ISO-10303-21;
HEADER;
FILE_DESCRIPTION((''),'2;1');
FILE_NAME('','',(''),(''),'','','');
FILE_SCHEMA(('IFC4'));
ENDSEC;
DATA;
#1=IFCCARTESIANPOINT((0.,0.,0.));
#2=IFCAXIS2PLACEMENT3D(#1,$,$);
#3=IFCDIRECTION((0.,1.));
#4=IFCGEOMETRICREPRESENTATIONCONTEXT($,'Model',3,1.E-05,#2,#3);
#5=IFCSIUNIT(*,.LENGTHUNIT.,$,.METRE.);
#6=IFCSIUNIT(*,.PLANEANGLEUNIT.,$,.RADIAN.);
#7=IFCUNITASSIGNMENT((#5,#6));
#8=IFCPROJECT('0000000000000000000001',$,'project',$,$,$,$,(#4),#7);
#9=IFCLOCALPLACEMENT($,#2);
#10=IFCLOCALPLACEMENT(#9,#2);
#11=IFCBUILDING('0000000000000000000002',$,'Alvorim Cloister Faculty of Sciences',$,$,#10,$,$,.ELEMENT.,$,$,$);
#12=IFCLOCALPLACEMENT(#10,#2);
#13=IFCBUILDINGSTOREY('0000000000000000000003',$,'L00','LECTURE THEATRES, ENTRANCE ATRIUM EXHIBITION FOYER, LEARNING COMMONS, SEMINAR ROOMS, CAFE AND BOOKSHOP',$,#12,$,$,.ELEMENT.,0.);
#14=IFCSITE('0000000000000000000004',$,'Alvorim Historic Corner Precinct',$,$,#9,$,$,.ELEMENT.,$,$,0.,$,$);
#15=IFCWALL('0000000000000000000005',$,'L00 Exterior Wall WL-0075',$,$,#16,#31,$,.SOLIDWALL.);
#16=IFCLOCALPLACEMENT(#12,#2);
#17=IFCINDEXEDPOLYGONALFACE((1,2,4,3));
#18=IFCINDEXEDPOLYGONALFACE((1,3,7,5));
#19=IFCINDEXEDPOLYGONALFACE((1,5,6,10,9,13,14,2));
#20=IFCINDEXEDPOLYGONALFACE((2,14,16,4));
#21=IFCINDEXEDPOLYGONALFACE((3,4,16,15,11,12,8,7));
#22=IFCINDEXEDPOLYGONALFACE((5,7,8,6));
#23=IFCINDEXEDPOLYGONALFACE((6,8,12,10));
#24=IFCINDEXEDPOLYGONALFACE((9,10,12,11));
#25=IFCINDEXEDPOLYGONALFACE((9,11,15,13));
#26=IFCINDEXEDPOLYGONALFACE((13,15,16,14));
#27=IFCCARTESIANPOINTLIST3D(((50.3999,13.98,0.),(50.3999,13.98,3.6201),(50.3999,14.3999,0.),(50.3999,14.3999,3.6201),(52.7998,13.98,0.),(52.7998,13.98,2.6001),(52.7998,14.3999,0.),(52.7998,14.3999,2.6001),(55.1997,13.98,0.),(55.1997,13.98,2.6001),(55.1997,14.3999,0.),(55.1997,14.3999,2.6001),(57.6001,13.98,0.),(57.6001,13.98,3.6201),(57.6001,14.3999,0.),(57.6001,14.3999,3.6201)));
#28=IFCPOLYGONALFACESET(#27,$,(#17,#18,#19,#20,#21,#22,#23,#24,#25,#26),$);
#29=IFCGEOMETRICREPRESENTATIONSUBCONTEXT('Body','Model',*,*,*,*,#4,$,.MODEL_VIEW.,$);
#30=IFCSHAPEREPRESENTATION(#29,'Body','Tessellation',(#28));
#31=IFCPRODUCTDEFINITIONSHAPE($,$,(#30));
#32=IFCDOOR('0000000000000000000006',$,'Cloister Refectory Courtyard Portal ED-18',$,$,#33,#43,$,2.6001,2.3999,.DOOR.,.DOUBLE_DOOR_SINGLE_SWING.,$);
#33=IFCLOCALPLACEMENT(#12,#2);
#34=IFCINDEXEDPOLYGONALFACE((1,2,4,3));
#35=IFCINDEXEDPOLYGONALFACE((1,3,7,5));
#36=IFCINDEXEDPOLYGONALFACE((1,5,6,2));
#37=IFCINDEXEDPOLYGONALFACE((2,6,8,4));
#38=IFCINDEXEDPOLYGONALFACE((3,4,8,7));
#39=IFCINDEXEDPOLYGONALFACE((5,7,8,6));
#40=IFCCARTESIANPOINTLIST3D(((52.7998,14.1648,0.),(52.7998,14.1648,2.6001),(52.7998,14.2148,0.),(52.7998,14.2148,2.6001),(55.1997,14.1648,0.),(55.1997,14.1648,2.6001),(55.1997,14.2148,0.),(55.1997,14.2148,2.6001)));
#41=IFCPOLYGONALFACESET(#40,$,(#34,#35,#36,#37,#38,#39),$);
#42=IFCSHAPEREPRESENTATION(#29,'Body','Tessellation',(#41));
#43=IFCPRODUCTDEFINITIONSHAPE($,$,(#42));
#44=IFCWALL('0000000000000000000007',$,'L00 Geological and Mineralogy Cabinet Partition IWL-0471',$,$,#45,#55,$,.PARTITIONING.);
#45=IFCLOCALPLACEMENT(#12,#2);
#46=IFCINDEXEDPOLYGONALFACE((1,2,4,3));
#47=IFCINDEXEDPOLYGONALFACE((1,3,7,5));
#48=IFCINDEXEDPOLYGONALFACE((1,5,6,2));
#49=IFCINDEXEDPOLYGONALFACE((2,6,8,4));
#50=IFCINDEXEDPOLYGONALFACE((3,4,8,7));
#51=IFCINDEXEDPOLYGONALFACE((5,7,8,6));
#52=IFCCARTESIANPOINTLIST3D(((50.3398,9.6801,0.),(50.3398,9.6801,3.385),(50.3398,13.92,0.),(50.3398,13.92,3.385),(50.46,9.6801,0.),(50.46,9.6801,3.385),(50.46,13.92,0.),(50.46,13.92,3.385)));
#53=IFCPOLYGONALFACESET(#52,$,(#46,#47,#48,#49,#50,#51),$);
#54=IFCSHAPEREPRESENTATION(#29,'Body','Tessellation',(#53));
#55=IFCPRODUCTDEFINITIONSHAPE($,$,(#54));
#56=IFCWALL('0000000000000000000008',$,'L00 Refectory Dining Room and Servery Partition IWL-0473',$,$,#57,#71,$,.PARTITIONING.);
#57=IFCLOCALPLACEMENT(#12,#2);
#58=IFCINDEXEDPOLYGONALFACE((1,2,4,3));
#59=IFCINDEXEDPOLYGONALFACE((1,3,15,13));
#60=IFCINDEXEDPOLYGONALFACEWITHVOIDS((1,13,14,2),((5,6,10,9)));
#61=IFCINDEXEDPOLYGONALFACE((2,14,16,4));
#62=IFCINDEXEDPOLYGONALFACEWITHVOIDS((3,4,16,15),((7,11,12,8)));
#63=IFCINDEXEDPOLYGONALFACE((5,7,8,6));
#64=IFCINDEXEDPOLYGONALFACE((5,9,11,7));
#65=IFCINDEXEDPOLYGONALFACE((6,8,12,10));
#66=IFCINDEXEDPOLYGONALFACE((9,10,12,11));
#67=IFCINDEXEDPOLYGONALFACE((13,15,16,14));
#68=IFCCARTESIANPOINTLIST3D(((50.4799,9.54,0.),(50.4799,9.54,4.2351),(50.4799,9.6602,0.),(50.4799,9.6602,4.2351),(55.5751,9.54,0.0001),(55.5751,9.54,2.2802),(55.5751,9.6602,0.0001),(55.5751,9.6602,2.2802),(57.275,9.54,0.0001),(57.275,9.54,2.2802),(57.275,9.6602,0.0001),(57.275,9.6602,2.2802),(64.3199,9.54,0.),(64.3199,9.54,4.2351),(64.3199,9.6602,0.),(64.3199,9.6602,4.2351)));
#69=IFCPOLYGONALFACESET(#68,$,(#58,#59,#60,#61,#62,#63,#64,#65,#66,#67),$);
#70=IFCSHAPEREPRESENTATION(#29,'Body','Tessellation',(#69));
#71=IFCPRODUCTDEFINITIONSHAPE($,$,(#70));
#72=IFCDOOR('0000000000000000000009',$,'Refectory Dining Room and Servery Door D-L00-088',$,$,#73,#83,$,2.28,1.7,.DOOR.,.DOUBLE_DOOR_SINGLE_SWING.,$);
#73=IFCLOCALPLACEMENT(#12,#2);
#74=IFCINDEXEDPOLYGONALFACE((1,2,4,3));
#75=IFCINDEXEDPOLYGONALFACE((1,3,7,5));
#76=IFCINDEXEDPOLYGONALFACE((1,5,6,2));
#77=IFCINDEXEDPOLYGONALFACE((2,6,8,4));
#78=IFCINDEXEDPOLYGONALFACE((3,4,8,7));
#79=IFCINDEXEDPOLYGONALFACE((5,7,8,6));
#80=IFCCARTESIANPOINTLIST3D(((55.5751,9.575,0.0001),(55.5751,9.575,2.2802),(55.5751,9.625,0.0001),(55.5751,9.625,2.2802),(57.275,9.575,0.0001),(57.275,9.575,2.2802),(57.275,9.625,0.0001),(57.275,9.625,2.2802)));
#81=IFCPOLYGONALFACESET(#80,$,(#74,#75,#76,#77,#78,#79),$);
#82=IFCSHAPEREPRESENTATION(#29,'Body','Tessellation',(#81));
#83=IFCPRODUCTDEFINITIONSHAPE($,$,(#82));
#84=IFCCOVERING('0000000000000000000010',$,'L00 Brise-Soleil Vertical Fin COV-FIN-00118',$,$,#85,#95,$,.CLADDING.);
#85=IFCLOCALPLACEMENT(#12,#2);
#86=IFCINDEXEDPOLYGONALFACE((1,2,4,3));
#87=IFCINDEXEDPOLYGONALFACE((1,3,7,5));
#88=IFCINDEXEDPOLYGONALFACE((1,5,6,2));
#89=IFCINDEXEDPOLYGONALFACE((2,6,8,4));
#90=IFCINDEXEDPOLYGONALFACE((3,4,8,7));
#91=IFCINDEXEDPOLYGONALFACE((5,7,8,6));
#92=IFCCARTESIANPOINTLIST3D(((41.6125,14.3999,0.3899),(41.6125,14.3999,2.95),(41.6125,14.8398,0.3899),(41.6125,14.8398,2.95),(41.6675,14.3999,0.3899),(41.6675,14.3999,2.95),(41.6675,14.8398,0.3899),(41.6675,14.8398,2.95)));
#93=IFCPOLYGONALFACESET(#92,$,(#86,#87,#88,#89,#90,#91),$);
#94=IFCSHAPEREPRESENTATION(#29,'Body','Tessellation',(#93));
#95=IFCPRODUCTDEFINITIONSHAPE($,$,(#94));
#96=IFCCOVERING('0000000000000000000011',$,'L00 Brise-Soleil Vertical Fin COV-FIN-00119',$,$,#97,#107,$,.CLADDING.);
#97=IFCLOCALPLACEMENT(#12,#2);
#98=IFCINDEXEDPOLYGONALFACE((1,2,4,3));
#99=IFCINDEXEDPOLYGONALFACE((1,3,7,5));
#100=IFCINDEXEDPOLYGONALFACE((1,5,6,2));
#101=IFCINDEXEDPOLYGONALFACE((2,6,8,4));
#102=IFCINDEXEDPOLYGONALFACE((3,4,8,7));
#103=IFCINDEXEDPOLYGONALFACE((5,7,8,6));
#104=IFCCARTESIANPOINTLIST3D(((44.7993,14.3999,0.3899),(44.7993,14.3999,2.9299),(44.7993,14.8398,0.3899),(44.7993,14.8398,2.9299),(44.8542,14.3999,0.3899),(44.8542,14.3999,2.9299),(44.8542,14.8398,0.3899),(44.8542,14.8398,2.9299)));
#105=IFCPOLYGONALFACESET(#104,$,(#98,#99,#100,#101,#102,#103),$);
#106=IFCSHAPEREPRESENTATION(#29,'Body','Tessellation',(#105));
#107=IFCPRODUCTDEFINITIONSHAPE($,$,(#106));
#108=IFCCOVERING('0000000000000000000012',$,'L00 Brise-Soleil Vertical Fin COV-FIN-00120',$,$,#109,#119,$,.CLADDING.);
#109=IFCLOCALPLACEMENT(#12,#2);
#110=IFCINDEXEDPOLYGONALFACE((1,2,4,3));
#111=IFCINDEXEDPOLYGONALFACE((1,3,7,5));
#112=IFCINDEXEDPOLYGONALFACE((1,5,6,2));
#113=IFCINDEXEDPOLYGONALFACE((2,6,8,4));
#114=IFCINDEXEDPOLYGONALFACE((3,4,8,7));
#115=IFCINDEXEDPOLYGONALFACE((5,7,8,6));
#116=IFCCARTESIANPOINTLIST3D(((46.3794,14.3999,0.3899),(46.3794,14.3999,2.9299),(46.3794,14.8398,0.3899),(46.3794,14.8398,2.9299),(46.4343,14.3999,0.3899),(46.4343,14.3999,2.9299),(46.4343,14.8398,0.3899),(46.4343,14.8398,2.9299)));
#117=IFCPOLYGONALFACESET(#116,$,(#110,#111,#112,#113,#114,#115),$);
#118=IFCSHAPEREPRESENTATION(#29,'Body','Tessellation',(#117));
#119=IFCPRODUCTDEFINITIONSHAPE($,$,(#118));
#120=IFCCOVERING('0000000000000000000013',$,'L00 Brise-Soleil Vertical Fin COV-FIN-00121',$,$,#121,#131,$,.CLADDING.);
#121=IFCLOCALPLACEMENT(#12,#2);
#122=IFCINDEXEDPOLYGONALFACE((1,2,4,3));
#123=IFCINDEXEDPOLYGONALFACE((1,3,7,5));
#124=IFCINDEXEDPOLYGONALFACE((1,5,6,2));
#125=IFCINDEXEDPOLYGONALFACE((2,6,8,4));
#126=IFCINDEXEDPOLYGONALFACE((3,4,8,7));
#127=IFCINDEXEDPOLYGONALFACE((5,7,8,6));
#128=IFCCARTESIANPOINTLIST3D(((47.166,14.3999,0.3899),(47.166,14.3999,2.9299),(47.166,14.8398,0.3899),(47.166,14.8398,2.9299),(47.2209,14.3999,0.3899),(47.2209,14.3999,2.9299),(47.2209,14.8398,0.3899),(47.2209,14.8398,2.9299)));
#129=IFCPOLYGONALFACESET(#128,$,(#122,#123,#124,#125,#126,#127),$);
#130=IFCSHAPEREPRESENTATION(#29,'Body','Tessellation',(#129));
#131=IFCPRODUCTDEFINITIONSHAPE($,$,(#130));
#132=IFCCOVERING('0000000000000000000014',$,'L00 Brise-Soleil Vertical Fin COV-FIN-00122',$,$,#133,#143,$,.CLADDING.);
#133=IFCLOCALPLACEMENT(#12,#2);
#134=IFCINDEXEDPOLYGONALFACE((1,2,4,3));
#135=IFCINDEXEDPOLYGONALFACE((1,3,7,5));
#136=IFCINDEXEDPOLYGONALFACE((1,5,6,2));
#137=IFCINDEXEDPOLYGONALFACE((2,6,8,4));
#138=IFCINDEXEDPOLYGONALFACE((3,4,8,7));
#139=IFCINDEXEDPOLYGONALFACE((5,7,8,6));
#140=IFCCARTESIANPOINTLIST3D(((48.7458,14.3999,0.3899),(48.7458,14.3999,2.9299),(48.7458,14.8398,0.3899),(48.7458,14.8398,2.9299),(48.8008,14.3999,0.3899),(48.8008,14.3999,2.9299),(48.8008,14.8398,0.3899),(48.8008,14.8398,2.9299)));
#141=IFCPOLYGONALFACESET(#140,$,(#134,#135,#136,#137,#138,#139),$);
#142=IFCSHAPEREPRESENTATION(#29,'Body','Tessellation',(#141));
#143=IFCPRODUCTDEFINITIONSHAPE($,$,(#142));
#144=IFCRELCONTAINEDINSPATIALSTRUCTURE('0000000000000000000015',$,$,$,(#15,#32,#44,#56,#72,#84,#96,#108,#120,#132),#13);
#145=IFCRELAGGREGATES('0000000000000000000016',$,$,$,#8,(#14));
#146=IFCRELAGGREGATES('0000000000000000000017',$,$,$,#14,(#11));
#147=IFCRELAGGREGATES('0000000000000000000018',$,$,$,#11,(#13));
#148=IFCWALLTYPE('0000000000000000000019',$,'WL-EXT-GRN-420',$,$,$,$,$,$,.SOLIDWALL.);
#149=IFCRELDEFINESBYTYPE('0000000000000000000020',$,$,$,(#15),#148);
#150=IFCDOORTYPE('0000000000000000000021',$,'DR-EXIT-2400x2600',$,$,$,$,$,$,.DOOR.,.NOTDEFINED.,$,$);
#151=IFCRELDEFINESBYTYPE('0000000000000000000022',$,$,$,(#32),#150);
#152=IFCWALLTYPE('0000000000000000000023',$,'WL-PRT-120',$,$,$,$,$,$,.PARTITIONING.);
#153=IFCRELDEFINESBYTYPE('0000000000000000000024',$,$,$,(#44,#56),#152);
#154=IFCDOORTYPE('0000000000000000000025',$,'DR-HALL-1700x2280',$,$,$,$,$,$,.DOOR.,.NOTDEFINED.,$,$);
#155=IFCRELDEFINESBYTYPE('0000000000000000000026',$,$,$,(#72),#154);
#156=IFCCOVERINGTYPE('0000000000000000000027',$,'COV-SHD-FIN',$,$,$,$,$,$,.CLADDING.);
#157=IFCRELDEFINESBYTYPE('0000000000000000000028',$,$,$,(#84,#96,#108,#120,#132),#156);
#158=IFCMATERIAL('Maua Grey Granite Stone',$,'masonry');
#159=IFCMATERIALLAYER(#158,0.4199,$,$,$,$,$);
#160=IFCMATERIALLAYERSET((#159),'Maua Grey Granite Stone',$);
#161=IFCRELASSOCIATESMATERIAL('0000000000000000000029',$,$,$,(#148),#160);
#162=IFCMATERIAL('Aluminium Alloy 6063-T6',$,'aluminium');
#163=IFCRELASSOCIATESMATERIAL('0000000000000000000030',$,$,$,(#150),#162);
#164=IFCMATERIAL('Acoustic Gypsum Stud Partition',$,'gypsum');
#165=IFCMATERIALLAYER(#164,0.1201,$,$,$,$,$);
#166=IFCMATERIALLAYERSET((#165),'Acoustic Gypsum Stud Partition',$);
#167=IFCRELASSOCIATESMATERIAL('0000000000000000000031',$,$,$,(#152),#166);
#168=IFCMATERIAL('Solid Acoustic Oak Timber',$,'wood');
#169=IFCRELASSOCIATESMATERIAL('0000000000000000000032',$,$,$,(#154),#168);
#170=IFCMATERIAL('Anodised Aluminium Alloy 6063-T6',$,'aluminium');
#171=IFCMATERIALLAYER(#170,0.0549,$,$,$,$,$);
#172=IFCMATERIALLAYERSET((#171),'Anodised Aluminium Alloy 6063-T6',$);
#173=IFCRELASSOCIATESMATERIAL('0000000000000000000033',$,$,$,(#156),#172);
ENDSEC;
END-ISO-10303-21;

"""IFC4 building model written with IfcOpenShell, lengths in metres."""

from ifc_helpers import new_model, si_unit, direction, frame, frame_2d, origin, place, context, subcontext, project, spatial, polyline, rectangle, outline, extrude, material, layer, layer_set, type_object, element, fill, save


model = new_model("IFC4")

# Units and contexts
model_context = context("Model", 3, precision=1e-05, world=origin(), true_north=direction((0.0, 1.0)))
body_context = subcontext(model_context, "Body", "Model", "MODEL_VIEW")
ifc_project = project(units=[si_unit("LENGTHUNIT", "METRE"), si_unit("PLANEANGLEUNIT", "RADIAN")], contexts=[model_context])

# Site, building, storey
site_placement = place(None, origin())
site = spatial("IfcSite", under=ifc_project, at=site_placement, Name="Alvorim Historic Corner Precinct", CompositionType="ELEMENT", RefElevation=0.0)
building_placement = place(site_placement, origin())
building = spatial("IfcBuilding", under=site, at=building_placement, Name="Alvorim Cloister Faculty of Sciences", CompositionType="ELEMENT")
storey_placement = place(building_placement, origin())
storey = spatial("IfcBuildingStorey", under=building, at=storey_placement, Name="L00", Description="LECTURE THEATRES, ENTRANCE ATRIUM EXHIBITION FOYER, LEARNING COMMONS, SEMINAR ROOMS, CAFE AND BOOKSHOP", CompositionType="ELEMENT", Elevation=0.0)

# Shared definitions
ifc_material_1 = material(Name="Maua Grey Granite Stone", Category="masonry")
ifc_layer_1 = layer(ifc_material_1, 0.4199)
ifc_layer_set_1 = layer_set([ifc_layer_1], Name="Maua Grey Granite Stone")
wall_type_1 = type_object("IfcWallType", Name="WL-EXT-GRN-420", PredefinedType="SOLIDWALL", material=ifc_layer_set_1)

# Wall, opening, door
wall_1_placement = place(storey_placement, frame((50.3999, 14.1899, 0.0), z_axis=(0.0, 0.0, 1.0), x_axis=(1.0, 0.0, 0.0)))
wall_1 = element("IfcWall", 1, at=wall_1_placement, inside=storey, type_object=wall_type_1, Name="L00 Exterior Wall WL-0075", PredefinedType="SOLIDWALL", context=body_context, shape_type="SweptSolid", body=[
    extrude(rectangle(XDim=7.2002, YDim=0.4199, at=frame_2d((3.6001, 0.0))), origin(), (0.0, 0.0, 1.0), 3.6201),
])
opening_1_placement = place(wall_1_placement, frame((2.3999, 0.0, 0.0)))
opening_1 = element("IfcOpeningElement", 2, at=opening_1_placement, cuts=wall_1, PredefinedType="OPENING", context=body_context, shape_type="SweptSolid", body=[
    extrude(rectangle(XDim=2.3999, YDim=2.6001, at=frame_2d((1.2, 1.3))), frame((0.0, 0.2219, 0.0), z_axis=(0.0, -1.0, 0.0), x_axis=(1.0, 0.0, 0.0)), (0.0, 0.0, 1.0), 0.4438),
])
ifc_material_2 = material(Name="Aluminium Alloy 6063-T6", Category="aluminium")
door_type_1 = type_object("IfcDoorType", Name="DR-EXIT-2400x2600", OperationType="NOTDEFINED", PredefinedType="DOOR", material=ifc_material_2)
door_1_placement = place(opening_1_placement, origin())
door_1 = element("IfcDoor", 3, at=door_1_placement, inside=storey, type_object=door_type_1, Name="Cloister Refectory Courtyard Portal ED-18", OperationType="DOUBLE_DOOR_SINGLE_SWING", OverallHeight=2.6001, OverallWidth=2.3999, PredefinedType="DOOR", context=body_context, shape_type="SweptSolid", body=[
    extrude(rectangle(XDim=2.3999, YDim=2.6001, at=frame_2d((1.2, 1.3))), frame((0.0, 0.0249, 0.0), z_axis=(0.0, -1.0, 0.0), x_axis=(1.0, 0.0, 0.0)), (0.0, 0.0, 1.0), 0.05),
])
fill(opening_1, door_1)

# Wall
ifc_material_3 = material(Name="Acoustic Gypsum Stud Partition", Category="gypsum")
ifc_layer_2 = layer(ifc_material_3, 0.1201)
ifc_layer_set_2 = layer_set([ifc_layer_2], Name="Acoustic Gypsum Stud Partition")
wall_type_2 = type_object("IfcWallType", Name="WL-PRT-120", PredefinedType="PARTITIONING", material=ifc_layer_set_2)
wall_2_placement = place(storey_placement, frame((50.3999, 9.6799, 0.0), z_axis=(0.0, 0.0, 1.0), x_axis=(0.0, 1.0, 0.0)))
element("IfcWall", 4, at=wall_2_placement, inside=storey, type_object=wall_type_2, Name="L00 Geological and Mineralogy Cabinet Partition IWL-0471", PredefinedType="PARTITIONING", context=body_context, shape_type="SweptSolid", body=[
    extrude(rectangle(XDim=4.24, YDim=0.1201, at=frame_2d((2.1201, 0.0))), origin(), (0.0, 0.0, 1.0), 3.385),
])

# Wall, opening, door
wall_3_placement = place(storey_placement, frame((50.48, 9.6001, 0.0), z_axis=(0.0, 0.0, 1.0), x_axis=(1.0, 0.0, 0.0)))
wall_3 = element("IfcWall", 5, at=wall_3_placement, inside=storey, type_object=wall_type_2, Name="L00 Refectory Dining Room and Servery Partition IWL-0473", PredefinedType="PARTITIONING", context=body_context, shape_type="SweptSolid", body=[
    extrude(rectangle(XDim=13.8401, YDim=0.1201, at=frame_2d((6.9199, 0.0))), origin(), (0.0, 0.0, 1.0), 4.2351),
])
opening_2_placement = place(wall_3_placement, frame((5.095, 0.0, 0.0)))
opening_2 = element("IfcOpeningElement", 6, at=opening_2_placement, cuts=wall_3, PredefinedType="OPENING", context=body_context, shape_type="SweptSolid", body=[
    extrude(rectangle(XDim=1.7, YDim=2.28, at=frame_2d((0.8501, 1.1401))), frame((0.0, 0.072, 0.0), z_axis=(0.0, -1.0, 0.0), x_axis=(1.0, 0.0, 0.0)), (0.0, 0.0, 1.0), 0.144),
])
ifc_material_4 = material(Name="Solid Acoustic Oak Timber", Category="wood")
door_type_2 = type_object("IfcDoorType", Name="DR-HALL-1700x2280", OperationType="NOTDEFINED", PredefinedType="DOOR", material=ifc_material_4)
door_2_placement = place(opening_2_placement, origin())
door_2 = element("IfcDoor", 7, at=door_2_placement, inside=storey, type_object=door_type_2, Name="Refectory Dining Room and Servery Door D-L00-088", OperationType="DOUBLE_DOOR_SINGLE_SWING", OverallHeight=2.28, OverallWidth=1.7, PredefinedType="DOOR", context=body_context, shape_type="SweptSolid", body=[
    extrude(rectangle(XDim=1.7, YDim=2.28, at=frame_2d((0.8501, 1.1401))), frame((0.0, 0.0249, 0.0), z_axis=(0.0, -1.0, 0.0), x_axis=(1.0, 0.0, 0.0)), (0.0, 0.0, 1.0), 0.05),
])
fill(opening_2, door_2)

# Coverings
ifc_material_5 = material(Name="Anodised Aluminium Alloy 6063-T6", Category="aluminium")
ifc_layer_3 = layer(ifc_material_5, 0.0549)
ifc_layer_set_3 = layer_set([ifc_layer_3], Name="Anodised Aluminium Alloy 6063-T6")
covering_type = type_object("IfcCoveringType", Name="COV-SHD-FIN", PredefinedType="CLADDING", material=ifc_layer_set_3)
covering_placement = place(storey_placement, frame((41.6399, 14.3999, 0.3899), z_axis=(0.0, 0.0, 1.0), x_axis=(0.0, 1.0, 0.0)))
element("IfcCovering", 8, at=covering_placement, inside=storey, type_object=covering_type, Name="L00 Brise-Soleil Vertical Fin COV-FIN-00118", PredefinedType="CLADDING", context=body_context, shape_type="SweptSolid", body=[
    extrude(outline(polyline([(0.0, 0.0), (0.4399, 0.0), (0.4399, 2.5601), (0.0, 2.5601), (0.0, 0.0)])), frame((0.0, 0.0273, 0.0), z_axis=(0.0, -1.0, 0.0), x_axis=(1.0, 0.0, 0.0)), (0.0, 0.0, 1.0), 0.0549),
])
for number, where, z_axis, x_axis, name in (
    (9, (44.8267, 14.3999, 0.3899), (0.0, 0.0, 1.0), (0.0, 1.0, 0.0), "L00 Brise-Soleil Vertical Fin COV-FIN-00119"),
    (10, (46.4067, 14.3999, 0.3899), (0.0, 0.0, 1.0), (0.0, 1.0, 0.0), "L00 Brise-Soleil Vertical Fin COV-FIN-00120"),
    (11, (47.1934, 14.3999, 0.3899), (0.0, 0.0, 1.0), (0.0, 1.0, 0.0), "L00 Brise-Soleil Vertical Fin COV-FIN-00121"),
    (12, (48.7732, 14.3999, 0.3899), (0.0, 0.0, 1.0), (0.0, 1.0, 0.0), "L00 Brise-Soleil Vertical Fin COV-FIN-00122"),
):
    element("IfcCovering", number, at=place(storey_placement, frame(where, z_axis=z_axis, x_axis=x_axis)), inside=storey, type_object=covering_type, Name=name, PredefinedType="CLADDING", context=body_context, shape_type="SweptSolid", body=[
        extrude(outline(polyline([(0.0, 0.0), (0.4399, 0.0), (0.4399, 2.54), (0.0, 2.54), (0.0, 0.0)])), frame((0.0, 0.0273, 0.0), z_axis=(0.0, -1.0, 0.0), x_axis=(1.0, 0.0, 0.0)), (0.0, 0.0, 1.0), 0.0549),
    ])

save(model, "model.ifc")
